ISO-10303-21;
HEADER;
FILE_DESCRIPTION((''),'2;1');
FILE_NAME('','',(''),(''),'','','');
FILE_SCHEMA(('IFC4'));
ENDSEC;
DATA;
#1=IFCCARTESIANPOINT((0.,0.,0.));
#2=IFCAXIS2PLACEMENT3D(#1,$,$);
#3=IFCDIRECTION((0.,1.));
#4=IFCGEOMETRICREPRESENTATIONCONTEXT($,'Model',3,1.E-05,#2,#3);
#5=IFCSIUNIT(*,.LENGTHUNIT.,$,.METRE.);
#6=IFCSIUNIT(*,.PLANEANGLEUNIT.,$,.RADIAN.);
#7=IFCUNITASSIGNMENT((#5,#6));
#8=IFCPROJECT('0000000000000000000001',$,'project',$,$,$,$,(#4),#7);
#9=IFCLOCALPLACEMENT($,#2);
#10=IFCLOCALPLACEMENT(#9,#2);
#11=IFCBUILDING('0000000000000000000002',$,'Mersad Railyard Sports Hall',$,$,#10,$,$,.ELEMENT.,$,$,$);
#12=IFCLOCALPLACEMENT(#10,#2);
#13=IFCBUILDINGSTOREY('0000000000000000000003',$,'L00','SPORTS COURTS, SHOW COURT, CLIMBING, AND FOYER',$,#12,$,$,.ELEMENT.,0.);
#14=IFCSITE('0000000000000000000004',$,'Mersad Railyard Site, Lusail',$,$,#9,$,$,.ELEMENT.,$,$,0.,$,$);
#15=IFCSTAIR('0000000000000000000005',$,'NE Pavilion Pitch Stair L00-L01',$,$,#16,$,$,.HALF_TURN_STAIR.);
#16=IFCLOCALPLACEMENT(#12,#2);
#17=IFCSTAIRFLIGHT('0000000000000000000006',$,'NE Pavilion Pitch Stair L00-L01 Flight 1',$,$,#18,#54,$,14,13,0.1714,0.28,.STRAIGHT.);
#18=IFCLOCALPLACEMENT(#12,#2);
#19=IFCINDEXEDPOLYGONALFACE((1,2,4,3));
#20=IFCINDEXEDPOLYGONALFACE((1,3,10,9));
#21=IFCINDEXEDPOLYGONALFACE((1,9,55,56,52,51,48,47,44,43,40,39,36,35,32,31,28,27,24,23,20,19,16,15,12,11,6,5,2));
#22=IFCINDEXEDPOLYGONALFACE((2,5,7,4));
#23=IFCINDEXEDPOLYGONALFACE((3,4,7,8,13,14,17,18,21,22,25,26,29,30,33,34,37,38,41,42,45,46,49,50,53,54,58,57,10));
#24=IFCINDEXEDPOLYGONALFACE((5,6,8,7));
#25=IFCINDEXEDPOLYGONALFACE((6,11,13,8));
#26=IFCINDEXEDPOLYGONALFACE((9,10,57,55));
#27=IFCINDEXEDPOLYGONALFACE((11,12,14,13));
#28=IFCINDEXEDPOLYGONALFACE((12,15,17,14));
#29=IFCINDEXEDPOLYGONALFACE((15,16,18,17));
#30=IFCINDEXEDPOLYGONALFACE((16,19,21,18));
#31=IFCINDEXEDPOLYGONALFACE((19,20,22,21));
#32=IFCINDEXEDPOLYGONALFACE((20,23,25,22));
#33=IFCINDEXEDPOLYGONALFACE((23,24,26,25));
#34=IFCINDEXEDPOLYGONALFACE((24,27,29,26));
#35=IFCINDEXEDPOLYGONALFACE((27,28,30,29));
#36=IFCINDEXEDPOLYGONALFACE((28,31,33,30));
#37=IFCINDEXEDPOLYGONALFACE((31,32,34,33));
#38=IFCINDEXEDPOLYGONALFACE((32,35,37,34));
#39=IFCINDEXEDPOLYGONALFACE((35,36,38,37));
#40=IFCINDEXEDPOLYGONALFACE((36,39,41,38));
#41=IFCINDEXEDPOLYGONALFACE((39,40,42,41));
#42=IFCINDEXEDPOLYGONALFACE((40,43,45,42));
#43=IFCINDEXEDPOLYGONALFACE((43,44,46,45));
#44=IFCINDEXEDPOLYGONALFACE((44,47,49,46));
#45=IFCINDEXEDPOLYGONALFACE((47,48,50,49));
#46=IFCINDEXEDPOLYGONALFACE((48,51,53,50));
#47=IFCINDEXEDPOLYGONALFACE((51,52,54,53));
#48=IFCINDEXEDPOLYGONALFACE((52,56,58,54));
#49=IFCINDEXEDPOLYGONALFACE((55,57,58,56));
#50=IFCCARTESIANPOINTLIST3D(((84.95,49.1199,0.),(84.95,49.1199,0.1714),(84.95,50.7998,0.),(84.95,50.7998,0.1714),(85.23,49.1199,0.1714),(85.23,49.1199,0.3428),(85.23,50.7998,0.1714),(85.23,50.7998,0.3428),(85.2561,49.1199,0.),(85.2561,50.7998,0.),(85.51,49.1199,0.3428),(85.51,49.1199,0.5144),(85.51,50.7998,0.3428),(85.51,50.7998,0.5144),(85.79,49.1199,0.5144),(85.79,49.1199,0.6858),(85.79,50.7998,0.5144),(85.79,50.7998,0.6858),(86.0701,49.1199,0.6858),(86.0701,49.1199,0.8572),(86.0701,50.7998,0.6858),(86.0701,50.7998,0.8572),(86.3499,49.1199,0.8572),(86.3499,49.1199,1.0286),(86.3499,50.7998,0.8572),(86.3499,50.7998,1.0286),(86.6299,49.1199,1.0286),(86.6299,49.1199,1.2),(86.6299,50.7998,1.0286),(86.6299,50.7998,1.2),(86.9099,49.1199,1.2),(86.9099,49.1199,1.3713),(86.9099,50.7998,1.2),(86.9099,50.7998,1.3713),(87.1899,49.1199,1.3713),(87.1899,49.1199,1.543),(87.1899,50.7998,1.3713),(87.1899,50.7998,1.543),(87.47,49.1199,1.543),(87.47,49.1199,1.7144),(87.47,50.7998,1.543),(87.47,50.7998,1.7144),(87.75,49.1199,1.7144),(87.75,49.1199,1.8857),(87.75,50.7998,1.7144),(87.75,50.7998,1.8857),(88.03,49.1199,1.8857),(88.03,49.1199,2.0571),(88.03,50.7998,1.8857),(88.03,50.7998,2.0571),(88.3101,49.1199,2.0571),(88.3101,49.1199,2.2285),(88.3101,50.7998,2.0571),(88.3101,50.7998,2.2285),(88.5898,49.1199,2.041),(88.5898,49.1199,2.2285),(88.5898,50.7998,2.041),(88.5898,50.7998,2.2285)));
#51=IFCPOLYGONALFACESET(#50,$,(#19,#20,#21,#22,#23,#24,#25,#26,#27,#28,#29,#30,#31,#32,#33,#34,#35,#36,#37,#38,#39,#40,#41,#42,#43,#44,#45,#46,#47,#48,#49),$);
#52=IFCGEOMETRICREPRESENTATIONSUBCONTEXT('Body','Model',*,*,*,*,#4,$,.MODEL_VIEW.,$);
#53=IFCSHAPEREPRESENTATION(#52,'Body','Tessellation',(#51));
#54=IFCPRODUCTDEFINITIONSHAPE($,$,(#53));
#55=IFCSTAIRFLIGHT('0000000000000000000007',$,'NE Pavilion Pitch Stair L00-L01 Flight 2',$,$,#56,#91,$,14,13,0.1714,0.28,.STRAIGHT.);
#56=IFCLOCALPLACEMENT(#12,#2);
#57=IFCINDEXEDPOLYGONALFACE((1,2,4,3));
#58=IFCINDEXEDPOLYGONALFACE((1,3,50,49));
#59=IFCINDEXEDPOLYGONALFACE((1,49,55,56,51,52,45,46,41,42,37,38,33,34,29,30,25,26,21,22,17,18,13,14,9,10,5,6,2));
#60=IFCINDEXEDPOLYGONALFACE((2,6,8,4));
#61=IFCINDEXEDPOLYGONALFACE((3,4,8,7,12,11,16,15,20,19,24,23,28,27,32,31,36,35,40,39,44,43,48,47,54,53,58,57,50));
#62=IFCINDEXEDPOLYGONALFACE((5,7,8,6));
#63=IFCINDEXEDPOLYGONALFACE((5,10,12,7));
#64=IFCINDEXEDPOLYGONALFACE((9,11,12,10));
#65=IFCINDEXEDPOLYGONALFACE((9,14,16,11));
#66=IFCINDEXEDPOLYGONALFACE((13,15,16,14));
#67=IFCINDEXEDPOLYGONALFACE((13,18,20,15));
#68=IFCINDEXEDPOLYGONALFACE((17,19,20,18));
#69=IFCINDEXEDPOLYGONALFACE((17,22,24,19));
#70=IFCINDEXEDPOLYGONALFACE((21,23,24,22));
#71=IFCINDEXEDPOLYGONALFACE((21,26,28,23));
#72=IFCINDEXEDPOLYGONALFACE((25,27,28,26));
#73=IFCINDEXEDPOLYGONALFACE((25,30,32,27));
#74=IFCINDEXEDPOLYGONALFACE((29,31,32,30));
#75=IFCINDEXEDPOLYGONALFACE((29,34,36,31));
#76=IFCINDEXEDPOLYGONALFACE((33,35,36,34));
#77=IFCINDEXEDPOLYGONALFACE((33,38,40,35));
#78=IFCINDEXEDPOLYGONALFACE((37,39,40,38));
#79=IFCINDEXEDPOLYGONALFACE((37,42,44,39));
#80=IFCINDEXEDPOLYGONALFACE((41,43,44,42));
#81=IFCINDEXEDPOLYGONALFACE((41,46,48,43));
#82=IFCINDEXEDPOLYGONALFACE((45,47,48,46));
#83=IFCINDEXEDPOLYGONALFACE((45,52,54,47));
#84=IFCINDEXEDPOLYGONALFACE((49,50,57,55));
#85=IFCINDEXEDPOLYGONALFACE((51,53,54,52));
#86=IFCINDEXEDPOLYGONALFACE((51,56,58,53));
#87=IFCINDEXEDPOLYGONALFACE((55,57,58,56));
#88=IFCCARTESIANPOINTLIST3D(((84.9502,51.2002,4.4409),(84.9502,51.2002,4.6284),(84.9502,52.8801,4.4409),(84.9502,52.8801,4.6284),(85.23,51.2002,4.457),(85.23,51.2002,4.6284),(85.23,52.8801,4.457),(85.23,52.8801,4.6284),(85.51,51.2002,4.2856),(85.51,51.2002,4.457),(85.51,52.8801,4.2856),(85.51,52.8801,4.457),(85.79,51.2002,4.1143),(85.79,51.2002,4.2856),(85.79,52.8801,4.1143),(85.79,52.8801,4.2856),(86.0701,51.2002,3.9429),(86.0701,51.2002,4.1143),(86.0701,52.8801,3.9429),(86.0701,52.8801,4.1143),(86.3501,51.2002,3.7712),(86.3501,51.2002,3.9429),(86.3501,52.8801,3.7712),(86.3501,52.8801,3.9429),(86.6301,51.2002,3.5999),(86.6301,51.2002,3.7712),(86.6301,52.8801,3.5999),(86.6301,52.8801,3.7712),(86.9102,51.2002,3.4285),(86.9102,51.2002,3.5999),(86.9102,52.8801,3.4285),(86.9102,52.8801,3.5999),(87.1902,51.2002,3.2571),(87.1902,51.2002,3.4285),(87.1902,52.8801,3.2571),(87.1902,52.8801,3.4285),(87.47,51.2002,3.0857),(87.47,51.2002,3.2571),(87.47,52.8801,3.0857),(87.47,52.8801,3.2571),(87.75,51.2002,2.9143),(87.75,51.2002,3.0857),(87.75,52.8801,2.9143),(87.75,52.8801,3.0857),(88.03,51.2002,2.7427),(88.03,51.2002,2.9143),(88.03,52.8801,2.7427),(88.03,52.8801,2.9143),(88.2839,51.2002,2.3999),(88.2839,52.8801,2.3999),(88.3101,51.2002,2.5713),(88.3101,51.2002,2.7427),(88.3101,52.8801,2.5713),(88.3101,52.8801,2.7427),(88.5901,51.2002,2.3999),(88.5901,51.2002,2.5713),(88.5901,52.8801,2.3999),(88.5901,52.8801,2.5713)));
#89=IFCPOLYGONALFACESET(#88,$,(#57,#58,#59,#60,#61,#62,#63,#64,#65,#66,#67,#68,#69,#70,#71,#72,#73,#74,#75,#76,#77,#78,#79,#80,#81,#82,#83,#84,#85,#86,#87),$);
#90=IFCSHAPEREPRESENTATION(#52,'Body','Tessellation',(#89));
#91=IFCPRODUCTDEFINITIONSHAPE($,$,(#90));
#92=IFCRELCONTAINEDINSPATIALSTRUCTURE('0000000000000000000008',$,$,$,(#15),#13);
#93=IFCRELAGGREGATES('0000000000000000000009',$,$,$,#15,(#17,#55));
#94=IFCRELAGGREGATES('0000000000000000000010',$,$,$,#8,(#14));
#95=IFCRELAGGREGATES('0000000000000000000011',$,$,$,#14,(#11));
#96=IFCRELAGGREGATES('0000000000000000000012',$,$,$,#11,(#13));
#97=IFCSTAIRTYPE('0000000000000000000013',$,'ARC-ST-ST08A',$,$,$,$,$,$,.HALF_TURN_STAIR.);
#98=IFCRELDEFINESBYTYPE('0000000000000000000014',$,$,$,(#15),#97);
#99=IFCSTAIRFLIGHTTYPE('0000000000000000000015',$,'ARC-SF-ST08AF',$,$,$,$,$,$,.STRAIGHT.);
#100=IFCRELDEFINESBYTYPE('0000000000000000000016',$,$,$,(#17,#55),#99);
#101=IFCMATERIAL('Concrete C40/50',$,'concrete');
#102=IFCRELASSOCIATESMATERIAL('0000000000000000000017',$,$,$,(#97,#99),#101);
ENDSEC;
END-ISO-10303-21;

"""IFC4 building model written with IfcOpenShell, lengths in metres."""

from ifc_helpers import new_model, si_unit, direction, frame, origin, place, context, subcontext, project, spatial, polyline, outline, extrude, material, type_object, element, aggregate, save


model = new_model("IFC4")

# Units and contexts
model_context = context("Model", 3, precision=1e-05, world=origin(), true_north=direction((0.0, 1.0)))
body_context = subcontext(model_context, "Body", "Model", "MODEL_VIEW")
ifc_project = project(units=[si_unit("LENGTHUNIT", "METRE"), si_unit("PLANEANGLEUNIT", "RADIAN")], contexts=[model_context])

# Site, building, storey
site_placement = place(None, origin())
site = spatial("IfcSite", under=ifc_project, at=site_placement, Name="Mersad Railyard Site, Lusail", CompositionType="ELEMENT", RefElevation=0.0)
building_placement = place(site_placement, origin())
building = spatial("IfcBuilding", under=site, at=building_placement, Name="Mersad Railyard Sports Hall", CompositionType="ELEMENT")
storey_placement = place(building_placement, origin())
storey = spatial("IfcBuildingStorey", under=building, at=storey_placement, Name="L00", Description="SPORTS COURTS, SHOW COURT, CLIMBING, AND FOYER", CompositionType="ELEMENT", Elevation=0.0)

# Shared definitions
ifc_material_1 = material(Name="Concrete C40/50", Category="concrete")

# Stair, stair flights
stair_type = type_object("IfcStairType", Name="ARC-ST-ST08A", PredefinedType="HALF_TURN_STAIR", material=ifc_material_1)
stair_placement = place(storey_placement, origin())
stair = element("IfcStair", 1, at=stair_placement, inside=storey, type_object=stair_type, Name="NE Pavilion Pitch Stair L00-L01", PredefinedType="HALF_TURN_STAIR")
stair_flight_type = type_object("IfcStairFlightType", Name="ARC-SF-ST08AF", PredefinedType="STRAIGHT", material=ifc_material_1)
stair_flight_1_placement = place(storey_placement, frame((84.95, 49.96, 0.0), z_axis=(0.0, 0.0, 1.0), x_axis=(1.0, 0.0, 0.0)))
stair_flight_1 = element("IfcStairFlight", 2, at=stair_flight_1_placement, type_object=stair_flight_type, Name="NE Pavilion Pitch Stair L00-L01 Flight 1", NumberOfRisers=14, NumberOfTreads=13, PredefinedType="STRAIGHT", RiserHeight=0.1714, TreadLength=0.28, context=body_context, shape_type="SweptSolid", body=[
    extrude(outline(polyline([(0.0, 0.0), (0.0, 0.1714), (0.28, 0.1714), (0.28, 0.3428), (0.5601, 0.3428), (0.5601, 0.5144), (0.8401, 0.5144), (0.8401, 0.6858), (1.1201, 0.6858), (1.1201, 0.8572), (1.3999, 0.8572), (1.3999, 1.0286), (1.6799, 1.0286), (1.6799, 1.2), (1.96, 1.2), (1.96, 1.3713), (2.24, 1.3713), (2.24, 1.543), (2.52, 1.543), (2.52, 1.7144), (2.8, 1.7144), (2.8, 1.8857), (3.0801, 1.8857), (3.0801, 2.0571), (3.3601, 2.0571), (3.3601, 2.2285), (3.6399, 2.2285), (3.6399, 2.3999), (3.6399, 2.041), (0.3062, 0.0), (0.0, 0.0)])), frame((0.0, 0.8398, 0.0), z_axis=(0.0, -1.0, 0.0), x_axis=(1.0, 0.0, 0.0)), (0.0, 0.0, 1.0), 1.6799),
])
stair_flight_2_placement = place(storey_placement, frame((88.5901, 52.04, 2.3999), z_axis=(0.0, 0.0, 1.0), x_axis=(-1.0, 0.0, 0.0)))
stair_flight_2 = element("IfcStairFlight", 3, at=stair_flight_2_placement, type_object=stair_flight_type, Name="NE Pavilion Pitch Stair L00-L01 Flight 2", NumberOfRisers=14, NumberOfTreads=13, PredefinedType="STRAIGHT", RiserHeight=0.1714, TreadLength=0.28, context=body_context, shape_type="SweptSolid", body=[
    extrude(outline(polyline([(0.0, 0.0), (0.0, 0.1714), (0.28, 0.1714), (0.28, 0.3428), (0.5601, 0.3428), (0.5601, 0.5144), (0.8401, 0.5144), (0.8401, 0.6858), (1.1201, 0.6858), (1.1201, 0.8572), (1.3999, 0.8572), (1.3999, 1.0286), (1.6799, 1.0286), (1.6799, 1.2), (1.96, 1.2), (1.96, 1.3713), (2.24, 1.3713), (2.24, 1.543), (2.52, 1.543), (2.52, 1.7144), (2.8, 1.7144), (2.8, 1.8857), (3.0801, 1.8857), (3.0801, 2.0571), (3.3601, 2.0571), (3.3601, 2.2285), (3.6399, 2.2285), (3.6399, 2.3999), (3.6399, 2.041), (0.3062, 0.0), (0.0, 0.0)])), frame((0.0, 0.8398, 0.0), z_axis=(0.0, -1.0, 0.0), x_axis=(1.0, 0.0, 0.0)), (0.0, 0.0, 1.0), 1.6799),
])
aggregate(stair, [stair_flight_1, stair_flight_2])

save(model, "model.ifc")
